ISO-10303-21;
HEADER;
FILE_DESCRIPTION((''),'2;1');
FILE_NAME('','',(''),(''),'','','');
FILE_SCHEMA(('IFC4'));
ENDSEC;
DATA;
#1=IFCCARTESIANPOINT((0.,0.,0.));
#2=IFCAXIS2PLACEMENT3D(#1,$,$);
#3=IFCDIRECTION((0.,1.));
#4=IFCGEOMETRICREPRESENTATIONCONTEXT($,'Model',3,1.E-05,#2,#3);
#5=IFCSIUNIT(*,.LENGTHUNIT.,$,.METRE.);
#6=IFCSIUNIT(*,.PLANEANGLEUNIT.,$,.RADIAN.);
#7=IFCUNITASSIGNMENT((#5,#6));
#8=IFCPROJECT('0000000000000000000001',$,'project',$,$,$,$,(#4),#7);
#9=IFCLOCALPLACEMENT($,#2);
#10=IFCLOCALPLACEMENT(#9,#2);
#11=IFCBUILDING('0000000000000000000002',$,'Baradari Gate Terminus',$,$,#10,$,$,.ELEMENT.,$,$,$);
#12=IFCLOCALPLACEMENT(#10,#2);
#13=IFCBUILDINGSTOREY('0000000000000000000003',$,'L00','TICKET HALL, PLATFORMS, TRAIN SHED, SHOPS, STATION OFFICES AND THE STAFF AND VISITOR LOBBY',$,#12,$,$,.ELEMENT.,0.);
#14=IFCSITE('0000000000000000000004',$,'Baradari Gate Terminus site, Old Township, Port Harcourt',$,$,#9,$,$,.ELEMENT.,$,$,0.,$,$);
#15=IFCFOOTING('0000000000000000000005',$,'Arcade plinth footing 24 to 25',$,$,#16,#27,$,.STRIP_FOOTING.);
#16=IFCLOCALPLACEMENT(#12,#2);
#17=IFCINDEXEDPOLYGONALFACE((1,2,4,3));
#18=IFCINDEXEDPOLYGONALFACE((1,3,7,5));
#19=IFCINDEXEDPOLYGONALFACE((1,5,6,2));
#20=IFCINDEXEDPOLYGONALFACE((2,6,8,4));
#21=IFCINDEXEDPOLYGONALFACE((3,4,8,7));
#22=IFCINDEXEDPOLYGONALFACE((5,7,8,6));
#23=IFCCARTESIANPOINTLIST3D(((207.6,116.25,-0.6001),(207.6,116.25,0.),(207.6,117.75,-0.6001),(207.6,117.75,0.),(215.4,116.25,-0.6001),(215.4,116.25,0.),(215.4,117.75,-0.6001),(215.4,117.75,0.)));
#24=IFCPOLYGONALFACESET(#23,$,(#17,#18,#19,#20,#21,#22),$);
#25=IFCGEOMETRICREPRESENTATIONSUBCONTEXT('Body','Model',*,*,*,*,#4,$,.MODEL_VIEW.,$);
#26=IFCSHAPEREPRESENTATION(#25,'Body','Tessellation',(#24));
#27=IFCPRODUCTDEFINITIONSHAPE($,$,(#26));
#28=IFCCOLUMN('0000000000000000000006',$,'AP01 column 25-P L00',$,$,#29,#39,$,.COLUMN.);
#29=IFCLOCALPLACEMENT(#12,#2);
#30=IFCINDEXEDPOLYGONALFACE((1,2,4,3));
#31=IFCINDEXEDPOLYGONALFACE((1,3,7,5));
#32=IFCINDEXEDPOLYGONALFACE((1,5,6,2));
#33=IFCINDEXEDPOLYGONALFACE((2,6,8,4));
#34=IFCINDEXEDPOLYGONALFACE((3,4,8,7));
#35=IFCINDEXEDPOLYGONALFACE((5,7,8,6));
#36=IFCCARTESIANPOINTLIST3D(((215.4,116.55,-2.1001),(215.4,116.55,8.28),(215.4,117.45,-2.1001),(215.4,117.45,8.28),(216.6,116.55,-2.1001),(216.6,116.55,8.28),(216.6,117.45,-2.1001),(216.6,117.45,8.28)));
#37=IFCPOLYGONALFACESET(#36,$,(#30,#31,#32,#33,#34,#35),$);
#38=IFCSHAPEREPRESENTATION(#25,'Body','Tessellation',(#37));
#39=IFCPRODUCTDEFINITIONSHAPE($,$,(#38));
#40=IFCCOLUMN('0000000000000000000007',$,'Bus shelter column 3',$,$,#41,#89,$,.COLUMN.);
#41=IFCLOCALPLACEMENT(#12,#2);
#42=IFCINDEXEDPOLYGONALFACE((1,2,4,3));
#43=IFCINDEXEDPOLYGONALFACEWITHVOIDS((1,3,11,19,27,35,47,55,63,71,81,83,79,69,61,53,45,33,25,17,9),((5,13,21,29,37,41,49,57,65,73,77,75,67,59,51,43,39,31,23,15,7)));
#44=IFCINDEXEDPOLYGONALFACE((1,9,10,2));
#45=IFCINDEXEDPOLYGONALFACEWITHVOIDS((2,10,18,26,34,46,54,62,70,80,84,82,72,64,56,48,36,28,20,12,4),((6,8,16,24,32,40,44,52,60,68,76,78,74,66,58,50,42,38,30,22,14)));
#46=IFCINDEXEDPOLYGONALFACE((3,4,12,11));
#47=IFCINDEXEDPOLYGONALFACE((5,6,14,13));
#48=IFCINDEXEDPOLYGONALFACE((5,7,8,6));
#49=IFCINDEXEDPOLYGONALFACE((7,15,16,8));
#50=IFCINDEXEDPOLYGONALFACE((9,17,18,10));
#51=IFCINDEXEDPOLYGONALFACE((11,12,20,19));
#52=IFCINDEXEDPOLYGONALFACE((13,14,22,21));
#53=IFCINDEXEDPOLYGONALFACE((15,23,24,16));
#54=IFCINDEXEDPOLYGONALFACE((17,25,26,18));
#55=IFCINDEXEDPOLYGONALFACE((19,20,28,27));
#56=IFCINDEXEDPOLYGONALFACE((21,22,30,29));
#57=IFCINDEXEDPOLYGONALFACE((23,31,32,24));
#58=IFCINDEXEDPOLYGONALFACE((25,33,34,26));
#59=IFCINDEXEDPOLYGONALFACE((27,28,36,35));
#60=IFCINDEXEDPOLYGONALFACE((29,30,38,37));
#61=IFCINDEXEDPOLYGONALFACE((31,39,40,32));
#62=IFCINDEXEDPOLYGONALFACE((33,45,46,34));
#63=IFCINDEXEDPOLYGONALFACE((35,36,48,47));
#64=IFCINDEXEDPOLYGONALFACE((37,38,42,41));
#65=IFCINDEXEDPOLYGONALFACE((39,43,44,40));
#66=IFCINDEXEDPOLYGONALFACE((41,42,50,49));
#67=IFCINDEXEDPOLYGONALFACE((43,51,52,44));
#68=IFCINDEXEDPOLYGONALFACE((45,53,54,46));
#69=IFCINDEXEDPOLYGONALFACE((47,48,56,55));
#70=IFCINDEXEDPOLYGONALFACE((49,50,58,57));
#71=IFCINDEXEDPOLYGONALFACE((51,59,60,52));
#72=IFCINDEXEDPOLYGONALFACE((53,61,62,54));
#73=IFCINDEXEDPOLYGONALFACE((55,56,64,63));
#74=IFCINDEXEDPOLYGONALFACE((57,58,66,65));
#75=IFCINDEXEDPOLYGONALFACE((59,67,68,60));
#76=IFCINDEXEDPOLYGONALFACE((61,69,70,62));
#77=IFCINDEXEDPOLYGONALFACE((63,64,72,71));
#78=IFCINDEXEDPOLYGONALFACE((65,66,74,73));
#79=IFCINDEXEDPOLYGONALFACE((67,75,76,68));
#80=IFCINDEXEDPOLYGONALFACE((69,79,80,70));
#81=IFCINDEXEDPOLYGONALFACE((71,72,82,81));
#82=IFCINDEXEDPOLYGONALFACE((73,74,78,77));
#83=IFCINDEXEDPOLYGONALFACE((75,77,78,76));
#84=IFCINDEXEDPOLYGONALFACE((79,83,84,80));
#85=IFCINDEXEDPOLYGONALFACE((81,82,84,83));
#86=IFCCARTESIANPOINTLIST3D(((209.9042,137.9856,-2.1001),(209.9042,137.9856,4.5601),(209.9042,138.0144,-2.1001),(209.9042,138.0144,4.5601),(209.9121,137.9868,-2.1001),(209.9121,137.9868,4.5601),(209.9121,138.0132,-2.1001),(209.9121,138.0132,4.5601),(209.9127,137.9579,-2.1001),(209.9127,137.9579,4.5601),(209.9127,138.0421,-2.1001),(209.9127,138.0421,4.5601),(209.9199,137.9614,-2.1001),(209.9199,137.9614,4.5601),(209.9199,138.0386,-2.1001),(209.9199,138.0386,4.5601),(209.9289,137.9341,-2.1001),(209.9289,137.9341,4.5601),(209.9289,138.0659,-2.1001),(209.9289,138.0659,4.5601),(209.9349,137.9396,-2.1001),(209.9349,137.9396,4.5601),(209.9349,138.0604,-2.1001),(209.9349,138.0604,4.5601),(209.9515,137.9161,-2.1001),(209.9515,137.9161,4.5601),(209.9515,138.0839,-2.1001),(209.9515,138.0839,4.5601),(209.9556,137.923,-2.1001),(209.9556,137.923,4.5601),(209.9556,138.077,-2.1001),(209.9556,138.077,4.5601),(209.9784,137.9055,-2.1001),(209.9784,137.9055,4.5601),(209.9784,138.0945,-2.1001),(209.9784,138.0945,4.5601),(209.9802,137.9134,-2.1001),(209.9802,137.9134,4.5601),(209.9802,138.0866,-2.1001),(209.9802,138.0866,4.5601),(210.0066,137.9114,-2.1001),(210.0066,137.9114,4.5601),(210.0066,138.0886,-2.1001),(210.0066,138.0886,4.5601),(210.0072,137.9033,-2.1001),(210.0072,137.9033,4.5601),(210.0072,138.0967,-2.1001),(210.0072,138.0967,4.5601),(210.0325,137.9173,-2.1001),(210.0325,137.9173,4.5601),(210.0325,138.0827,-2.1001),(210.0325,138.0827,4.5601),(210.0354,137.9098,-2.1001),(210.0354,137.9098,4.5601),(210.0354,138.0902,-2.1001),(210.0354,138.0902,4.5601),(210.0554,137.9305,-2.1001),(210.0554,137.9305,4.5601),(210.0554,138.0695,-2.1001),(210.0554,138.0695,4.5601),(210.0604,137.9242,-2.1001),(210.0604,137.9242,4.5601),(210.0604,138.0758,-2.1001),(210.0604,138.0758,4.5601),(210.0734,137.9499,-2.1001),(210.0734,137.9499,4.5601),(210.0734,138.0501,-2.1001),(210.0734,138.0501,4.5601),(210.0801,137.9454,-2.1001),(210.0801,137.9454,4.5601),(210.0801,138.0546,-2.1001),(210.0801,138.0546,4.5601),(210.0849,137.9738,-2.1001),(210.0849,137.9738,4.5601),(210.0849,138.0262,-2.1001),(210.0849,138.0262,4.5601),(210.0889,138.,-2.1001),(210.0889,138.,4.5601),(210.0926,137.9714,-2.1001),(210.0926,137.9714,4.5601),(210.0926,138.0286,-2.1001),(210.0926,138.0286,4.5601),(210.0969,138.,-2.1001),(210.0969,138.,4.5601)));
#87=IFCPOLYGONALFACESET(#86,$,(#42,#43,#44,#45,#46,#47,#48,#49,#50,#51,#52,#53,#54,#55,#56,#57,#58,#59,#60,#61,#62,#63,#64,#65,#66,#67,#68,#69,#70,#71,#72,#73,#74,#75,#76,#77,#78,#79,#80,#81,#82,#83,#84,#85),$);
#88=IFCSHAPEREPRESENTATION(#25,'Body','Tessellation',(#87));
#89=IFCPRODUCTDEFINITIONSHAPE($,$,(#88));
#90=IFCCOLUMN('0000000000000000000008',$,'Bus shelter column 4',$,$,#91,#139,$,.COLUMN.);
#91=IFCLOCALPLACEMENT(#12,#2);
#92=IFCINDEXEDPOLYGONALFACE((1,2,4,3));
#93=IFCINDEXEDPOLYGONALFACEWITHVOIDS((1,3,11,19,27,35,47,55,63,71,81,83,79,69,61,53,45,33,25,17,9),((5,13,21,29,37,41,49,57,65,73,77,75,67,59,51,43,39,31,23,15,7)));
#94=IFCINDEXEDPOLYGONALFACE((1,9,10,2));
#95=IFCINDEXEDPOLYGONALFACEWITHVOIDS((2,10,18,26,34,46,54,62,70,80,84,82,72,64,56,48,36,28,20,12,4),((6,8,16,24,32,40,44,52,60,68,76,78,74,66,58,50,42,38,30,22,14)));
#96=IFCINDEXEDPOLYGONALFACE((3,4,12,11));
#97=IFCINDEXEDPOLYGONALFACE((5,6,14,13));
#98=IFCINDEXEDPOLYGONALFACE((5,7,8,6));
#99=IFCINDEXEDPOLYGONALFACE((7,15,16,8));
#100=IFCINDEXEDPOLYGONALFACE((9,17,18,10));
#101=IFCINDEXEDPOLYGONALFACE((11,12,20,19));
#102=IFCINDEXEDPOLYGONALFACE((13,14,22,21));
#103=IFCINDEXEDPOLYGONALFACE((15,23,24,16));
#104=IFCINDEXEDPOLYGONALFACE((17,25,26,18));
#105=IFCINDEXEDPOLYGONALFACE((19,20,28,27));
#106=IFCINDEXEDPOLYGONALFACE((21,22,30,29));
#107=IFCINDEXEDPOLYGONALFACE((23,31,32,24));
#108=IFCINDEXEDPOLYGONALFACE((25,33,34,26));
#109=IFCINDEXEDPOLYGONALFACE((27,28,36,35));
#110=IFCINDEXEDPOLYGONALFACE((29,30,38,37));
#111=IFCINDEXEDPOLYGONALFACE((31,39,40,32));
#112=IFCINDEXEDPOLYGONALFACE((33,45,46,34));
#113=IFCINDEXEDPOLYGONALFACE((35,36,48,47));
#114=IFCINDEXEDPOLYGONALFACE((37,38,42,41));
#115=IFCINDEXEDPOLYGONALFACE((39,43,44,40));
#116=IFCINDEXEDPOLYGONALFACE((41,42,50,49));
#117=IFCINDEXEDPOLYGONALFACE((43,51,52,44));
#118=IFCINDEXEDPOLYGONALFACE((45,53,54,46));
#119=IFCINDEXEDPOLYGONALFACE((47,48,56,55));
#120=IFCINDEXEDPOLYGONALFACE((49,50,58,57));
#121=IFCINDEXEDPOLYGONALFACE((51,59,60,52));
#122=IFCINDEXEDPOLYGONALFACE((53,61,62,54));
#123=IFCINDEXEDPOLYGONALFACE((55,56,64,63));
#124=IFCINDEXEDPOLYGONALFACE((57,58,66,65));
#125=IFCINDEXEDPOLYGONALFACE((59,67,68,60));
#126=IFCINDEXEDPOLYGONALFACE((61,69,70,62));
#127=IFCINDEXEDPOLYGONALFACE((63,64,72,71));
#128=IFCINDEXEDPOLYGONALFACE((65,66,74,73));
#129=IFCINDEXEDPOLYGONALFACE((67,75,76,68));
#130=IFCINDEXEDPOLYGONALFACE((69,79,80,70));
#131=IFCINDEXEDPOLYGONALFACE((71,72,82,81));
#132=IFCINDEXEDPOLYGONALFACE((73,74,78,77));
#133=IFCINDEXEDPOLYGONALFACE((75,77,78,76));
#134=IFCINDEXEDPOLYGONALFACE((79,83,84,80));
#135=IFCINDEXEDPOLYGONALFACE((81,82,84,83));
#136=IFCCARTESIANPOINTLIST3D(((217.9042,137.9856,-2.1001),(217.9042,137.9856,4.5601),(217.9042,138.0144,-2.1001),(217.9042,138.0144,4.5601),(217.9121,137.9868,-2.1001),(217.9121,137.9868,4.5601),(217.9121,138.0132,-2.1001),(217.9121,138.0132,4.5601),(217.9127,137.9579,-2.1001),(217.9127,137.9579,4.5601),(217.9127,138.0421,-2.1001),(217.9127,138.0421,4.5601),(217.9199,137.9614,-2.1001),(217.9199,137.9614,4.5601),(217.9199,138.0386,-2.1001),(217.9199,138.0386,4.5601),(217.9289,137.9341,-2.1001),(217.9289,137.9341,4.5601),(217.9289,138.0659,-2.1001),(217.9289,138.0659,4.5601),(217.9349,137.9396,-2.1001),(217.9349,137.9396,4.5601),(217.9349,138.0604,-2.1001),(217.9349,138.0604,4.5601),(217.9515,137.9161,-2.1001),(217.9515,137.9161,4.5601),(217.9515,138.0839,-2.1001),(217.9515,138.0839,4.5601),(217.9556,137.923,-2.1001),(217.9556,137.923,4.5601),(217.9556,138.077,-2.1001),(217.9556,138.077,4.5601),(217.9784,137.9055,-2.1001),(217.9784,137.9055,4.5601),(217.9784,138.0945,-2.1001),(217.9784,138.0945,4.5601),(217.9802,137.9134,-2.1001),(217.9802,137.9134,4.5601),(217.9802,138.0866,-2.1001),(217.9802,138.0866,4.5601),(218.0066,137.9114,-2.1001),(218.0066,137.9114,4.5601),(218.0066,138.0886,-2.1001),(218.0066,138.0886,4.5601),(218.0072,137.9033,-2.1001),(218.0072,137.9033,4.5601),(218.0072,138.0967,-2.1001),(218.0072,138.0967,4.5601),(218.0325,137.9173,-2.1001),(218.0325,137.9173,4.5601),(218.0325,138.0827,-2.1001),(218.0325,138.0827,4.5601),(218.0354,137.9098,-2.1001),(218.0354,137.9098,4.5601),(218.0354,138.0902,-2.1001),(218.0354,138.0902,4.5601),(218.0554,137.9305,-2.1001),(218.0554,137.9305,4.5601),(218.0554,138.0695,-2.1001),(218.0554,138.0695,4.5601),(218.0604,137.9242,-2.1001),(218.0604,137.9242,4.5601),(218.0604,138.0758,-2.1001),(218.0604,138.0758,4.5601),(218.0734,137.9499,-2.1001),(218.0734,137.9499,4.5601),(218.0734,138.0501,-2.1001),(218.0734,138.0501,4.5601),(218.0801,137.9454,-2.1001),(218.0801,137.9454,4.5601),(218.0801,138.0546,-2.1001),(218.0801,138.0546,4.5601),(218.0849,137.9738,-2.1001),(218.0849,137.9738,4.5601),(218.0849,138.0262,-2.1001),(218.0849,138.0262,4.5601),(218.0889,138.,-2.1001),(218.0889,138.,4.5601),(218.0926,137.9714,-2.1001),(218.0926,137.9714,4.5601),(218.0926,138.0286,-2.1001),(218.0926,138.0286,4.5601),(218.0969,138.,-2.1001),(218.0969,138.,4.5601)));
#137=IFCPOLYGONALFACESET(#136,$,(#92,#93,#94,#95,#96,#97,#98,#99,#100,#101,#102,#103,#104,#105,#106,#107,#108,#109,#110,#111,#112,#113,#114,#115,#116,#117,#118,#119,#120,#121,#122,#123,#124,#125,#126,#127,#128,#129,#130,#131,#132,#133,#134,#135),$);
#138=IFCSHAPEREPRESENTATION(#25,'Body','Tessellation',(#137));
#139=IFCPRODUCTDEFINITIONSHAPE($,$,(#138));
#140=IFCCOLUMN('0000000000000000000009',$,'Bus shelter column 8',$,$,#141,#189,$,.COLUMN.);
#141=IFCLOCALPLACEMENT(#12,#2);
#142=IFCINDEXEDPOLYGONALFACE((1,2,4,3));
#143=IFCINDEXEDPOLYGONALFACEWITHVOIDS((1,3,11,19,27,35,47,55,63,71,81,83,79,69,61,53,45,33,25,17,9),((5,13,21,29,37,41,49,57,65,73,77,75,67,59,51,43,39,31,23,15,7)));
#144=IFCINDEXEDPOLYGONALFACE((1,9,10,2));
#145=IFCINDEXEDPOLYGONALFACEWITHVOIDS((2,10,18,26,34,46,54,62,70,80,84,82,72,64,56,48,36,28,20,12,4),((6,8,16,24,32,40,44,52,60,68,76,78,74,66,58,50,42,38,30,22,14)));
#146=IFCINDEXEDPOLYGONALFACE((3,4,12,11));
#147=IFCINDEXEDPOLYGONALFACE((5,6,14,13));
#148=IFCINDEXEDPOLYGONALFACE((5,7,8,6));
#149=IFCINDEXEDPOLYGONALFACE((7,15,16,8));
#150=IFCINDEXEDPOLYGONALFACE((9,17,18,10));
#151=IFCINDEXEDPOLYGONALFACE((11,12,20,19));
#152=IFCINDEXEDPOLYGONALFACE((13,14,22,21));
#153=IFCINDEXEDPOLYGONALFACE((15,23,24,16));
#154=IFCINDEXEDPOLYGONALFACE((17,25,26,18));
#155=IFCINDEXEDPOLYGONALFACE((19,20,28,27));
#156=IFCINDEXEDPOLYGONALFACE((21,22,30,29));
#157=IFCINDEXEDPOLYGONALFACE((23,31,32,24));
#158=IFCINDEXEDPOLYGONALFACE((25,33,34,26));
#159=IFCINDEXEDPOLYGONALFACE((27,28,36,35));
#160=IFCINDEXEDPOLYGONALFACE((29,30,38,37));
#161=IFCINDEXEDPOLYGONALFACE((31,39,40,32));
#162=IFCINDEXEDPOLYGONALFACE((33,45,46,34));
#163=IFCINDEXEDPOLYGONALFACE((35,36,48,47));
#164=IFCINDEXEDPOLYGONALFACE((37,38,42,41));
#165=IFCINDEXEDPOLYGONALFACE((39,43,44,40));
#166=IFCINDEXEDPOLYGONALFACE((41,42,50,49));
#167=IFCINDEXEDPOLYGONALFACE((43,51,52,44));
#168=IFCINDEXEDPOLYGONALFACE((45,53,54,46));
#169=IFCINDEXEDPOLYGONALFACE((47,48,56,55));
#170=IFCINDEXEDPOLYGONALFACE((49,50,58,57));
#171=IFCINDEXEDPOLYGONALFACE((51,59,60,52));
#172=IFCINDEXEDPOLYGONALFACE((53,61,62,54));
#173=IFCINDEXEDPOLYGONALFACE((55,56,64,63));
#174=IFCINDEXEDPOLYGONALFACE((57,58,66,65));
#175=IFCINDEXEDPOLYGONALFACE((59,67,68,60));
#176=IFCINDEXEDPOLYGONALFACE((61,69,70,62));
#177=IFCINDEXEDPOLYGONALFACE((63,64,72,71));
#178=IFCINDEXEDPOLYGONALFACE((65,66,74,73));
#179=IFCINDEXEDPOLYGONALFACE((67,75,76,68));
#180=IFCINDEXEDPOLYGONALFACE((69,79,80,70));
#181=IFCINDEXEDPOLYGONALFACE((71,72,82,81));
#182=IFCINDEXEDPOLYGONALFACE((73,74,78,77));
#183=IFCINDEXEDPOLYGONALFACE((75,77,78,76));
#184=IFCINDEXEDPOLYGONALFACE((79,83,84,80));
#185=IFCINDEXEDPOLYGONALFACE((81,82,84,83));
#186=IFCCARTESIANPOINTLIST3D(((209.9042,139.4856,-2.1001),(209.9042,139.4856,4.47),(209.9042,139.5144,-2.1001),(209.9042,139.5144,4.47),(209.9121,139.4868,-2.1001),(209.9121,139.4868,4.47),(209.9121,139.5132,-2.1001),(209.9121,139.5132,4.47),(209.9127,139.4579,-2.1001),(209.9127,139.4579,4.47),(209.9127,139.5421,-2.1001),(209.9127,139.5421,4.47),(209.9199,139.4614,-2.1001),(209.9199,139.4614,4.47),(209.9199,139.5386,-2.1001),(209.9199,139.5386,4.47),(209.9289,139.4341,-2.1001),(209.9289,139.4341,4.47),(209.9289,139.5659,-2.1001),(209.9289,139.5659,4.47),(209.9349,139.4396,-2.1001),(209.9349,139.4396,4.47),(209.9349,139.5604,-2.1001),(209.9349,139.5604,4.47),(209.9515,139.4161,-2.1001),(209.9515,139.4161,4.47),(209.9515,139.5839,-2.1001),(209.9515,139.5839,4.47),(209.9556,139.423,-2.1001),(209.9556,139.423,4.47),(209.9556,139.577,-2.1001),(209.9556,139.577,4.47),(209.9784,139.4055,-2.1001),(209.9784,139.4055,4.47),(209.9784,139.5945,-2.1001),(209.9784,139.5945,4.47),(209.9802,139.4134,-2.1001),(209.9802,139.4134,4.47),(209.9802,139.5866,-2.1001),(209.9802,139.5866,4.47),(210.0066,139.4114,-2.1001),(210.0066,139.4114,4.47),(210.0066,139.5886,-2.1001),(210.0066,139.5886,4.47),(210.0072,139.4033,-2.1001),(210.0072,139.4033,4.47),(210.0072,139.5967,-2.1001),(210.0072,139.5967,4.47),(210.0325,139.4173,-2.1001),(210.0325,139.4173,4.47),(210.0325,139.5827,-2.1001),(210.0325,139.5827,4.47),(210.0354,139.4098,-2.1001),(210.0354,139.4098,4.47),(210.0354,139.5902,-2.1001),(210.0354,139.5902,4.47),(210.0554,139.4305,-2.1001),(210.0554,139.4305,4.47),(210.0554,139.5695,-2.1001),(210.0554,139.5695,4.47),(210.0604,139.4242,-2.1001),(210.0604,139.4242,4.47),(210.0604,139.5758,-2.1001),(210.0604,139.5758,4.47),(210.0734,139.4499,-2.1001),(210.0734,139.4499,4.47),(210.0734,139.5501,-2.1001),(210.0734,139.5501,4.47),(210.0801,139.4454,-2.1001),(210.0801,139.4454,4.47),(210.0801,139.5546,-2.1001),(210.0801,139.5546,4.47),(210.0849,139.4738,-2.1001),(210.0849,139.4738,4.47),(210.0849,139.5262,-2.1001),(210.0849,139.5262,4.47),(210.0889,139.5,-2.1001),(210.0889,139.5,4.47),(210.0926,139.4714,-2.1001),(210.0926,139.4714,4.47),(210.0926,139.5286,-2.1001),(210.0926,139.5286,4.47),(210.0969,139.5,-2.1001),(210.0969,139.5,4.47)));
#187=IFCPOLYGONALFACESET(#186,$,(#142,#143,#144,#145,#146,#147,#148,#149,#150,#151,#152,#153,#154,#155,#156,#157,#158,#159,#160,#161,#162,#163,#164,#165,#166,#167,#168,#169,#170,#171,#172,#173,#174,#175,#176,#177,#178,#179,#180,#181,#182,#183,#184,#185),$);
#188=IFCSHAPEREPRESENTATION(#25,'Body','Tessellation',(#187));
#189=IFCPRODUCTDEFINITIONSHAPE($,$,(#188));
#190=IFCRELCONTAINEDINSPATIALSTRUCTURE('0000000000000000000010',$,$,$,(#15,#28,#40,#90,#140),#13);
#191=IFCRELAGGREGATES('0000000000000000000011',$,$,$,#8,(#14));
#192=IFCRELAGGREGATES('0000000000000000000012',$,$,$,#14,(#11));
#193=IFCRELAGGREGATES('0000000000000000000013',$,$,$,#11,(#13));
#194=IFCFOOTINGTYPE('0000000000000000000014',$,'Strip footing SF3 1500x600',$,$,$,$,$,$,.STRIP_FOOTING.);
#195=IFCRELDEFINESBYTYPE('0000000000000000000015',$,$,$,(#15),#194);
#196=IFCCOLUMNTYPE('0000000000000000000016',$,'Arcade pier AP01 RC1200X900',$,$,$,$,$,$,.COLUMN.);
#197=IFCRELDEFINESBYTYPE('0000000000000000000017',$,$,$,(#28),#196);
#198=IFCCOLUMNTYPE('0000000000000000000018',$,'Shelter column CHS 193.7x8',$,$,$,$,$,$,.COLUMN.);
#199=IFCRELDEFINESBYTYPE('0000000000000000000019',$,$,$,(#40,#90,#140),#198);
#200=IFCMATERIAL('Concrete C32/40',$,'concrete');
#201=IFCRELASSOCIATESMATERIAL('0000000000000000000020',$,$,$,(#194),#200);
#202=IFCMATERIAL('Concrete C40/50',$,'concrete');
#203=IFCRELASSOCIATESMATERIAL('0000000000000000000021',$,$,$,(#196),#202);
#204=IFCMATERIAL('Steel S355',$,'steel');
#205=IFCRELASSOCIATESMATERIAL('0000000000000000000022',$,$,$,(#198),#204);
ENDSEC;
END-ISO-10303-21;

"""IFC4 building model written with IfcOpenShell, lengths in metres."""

from ifc_helpers import new_model, si_unit, direction, frame, origin, origin_2d, place, context, subcontext, project, spatial, rectangle, hollow_circle, extrude, material, material_profile, profile_set, type_object, element, save


model = new_model("IFC4")

# Units and contexts
model_context = context("Model", 3, precision=1e-05, world=origin(), true_north=direction((0.0, 1.0)))
body_context = subcontext(model_context, "Body", "Model", "MODEL_VIEW")
ifc_project = project(units=[si_unit("LENGTHUNIT", "METRE"), si_unit("PLANEANGLEUNIT", "RADIAN")], contexts=[model_context])

# Site, building, storey
site_placement = place(None, origin())
site = spatial("IfcSite", under=ifc_project, at=site_placement, Name="Baradari Gate Terminus site, Old Township, Port Harcourt", CompositionType="ELEMENT", RefElevation=0.0)
building_placement = place(site_placement, origin())
building = spatial("IfcBuilding", under=site, at=building_placement, Name="Baradari Gate Terminus", CompositionType="ELEMENT")
storey_placement = place(building_placement, origin())
storey = spatial("IfcBuildingStorey", under=building, at=storey_placement, Name="L00", Description="TICKET HALL, PLATFORMS, TRAIN SHED, SHOPS, STATION OFFICES AND THE STAFF AND VISITOR LOBBY", CompositionType="ELEMENT", Elevation=0.0)

# Footing
ifc_material_1 = material(Name="Concrete C32/40", Category="concrete")
footing_type_1 = type_object("IfcFootingType", Name="Strip footing SF3 1500x600", PredefinedType="STRIP_FOOTING", material=ifc_material_1)
footing_1_placement = place(storey_placement, frame((211.5, 117.0, -0.6001), z_axis=(0.0, 0.0, 1.0), x_axis=(1.0, 0.0, 0.0)))
element("IfcFooting", 1, at=footing_1_placement, inside=storey, type_object=footing_type_1, Name="Arcade plinth footing 24 to 25", PredefinedType="STRIP_FOOTING", context=body_context, shape_type="SweptSolid", body=[
    extrude(rectangle(XDim=7.8, YDim=1.5, at=origin_2d()), origin(), (0.0, 0.0, 1.0), 0.6001),
])

# Columns
ifc_material_2 = material(Name="Concrete C40/50", Category="concrete")
ifc_material_profile_1 = material_profile(ifc_material_2, rectangle(XDim=1.2, YDim=0.8999, at=origin_2d()), Name="RC1200X900")
ifc_profile_set_1 = profile_set([ifc_material_profile_1], Name="Concrete C40/50")
column_type_1 = type_object("IfcColumnType", Name="Arcade pier AP01 RC1200X900", PredefinedType="COLUMN", material=ifc_profile_set_1)
column_placement = place(storey_placement, frame((216.0, 117.0, -2.1001), z_axis=(0.0, 0.0, 1.0), x_axis=(1.0, 0.0, 0.0)))
element("IfcColumn", 2, at=column_placement, inside=storey, type_object=column_type_1, Name="AP01 column 25-P L00", PredefinedType="COLUMN", context=body_context, shape_type="SweptSolid", body=[
    extrude(rectangle(XDim=1.2, YDim=0.8999, at=origin_2d()), origin(), (0.0, 0.0, 1.0), 10.3801),
])
ifc_material_3 = material(Name="Steel S355", Category="steel")
ifc_material_profile_2 = material_profile(ifc_material_3, hollow_circle(Radius=0.0969, WallThickness=0.0081, at=origin_2d()), Name="CHS 193.7x8")
ifc_profile_set_2 = profile_set([ifc_material_profile_2], Name="Steel S355")
column_type_2 = type_object("IfcColumnType", Name="Shelter column CHS 193.7x8", PredefinedType="COLUMN", material=ifc_profile_set_2)
for number, where, z_axis, x_axis, name in (
    (3, (210.0, 138.0, -2.1001), (0.0, 0.0, 1.0), (1.0, 0.0, 0.0), "Bus shelter column 3"),
    (4, (218.0, 138.0, -2.1001), (0.0, 0.0, 1.0), (1.0, 0.0, 0.0), "Bus shelter column 4"),
):
    element("IfcColumn", number, at=place(storey_placement, frame(where, z_axis=z_axis, x_axis=x_axis)), inside=storey, type_object=column_type_2, Name=name, PredefinedType="COLUMN", context=body_context, shape_type="SweptSolid", body=[
        extrude(hollow_circle(Radius=0.0969, WallThickness=0.0081, at=origin_2d()), origin(), (0.0, 0.0, 1.0), 6.6602),
    ])
for number, where, z_axis, x_axis, name in (
    (5, (210.0, 139.5, -2.1001), (0.0, 0.0, 1.0), (1.0, 0.0, 0.0), "Bus shelter column 8"),
):
    element("IfcColumn", number, at=place(storey_placement, frame(where, z_axis=z_axis, x_axis=x_axis)), inside=storey, type_object=column_type_2, Name=name, PredefinedType="COLUMN", context=body_context, shape_type="SweptSolid", body=[
        extrude(hollow_circle(Radius=0.0969, WallThickness=0.0081, at=origin_2d()), origin(), (0.0, 0.0, 1.0), 6.5701),
    ])

save(model, "model.ifc")
